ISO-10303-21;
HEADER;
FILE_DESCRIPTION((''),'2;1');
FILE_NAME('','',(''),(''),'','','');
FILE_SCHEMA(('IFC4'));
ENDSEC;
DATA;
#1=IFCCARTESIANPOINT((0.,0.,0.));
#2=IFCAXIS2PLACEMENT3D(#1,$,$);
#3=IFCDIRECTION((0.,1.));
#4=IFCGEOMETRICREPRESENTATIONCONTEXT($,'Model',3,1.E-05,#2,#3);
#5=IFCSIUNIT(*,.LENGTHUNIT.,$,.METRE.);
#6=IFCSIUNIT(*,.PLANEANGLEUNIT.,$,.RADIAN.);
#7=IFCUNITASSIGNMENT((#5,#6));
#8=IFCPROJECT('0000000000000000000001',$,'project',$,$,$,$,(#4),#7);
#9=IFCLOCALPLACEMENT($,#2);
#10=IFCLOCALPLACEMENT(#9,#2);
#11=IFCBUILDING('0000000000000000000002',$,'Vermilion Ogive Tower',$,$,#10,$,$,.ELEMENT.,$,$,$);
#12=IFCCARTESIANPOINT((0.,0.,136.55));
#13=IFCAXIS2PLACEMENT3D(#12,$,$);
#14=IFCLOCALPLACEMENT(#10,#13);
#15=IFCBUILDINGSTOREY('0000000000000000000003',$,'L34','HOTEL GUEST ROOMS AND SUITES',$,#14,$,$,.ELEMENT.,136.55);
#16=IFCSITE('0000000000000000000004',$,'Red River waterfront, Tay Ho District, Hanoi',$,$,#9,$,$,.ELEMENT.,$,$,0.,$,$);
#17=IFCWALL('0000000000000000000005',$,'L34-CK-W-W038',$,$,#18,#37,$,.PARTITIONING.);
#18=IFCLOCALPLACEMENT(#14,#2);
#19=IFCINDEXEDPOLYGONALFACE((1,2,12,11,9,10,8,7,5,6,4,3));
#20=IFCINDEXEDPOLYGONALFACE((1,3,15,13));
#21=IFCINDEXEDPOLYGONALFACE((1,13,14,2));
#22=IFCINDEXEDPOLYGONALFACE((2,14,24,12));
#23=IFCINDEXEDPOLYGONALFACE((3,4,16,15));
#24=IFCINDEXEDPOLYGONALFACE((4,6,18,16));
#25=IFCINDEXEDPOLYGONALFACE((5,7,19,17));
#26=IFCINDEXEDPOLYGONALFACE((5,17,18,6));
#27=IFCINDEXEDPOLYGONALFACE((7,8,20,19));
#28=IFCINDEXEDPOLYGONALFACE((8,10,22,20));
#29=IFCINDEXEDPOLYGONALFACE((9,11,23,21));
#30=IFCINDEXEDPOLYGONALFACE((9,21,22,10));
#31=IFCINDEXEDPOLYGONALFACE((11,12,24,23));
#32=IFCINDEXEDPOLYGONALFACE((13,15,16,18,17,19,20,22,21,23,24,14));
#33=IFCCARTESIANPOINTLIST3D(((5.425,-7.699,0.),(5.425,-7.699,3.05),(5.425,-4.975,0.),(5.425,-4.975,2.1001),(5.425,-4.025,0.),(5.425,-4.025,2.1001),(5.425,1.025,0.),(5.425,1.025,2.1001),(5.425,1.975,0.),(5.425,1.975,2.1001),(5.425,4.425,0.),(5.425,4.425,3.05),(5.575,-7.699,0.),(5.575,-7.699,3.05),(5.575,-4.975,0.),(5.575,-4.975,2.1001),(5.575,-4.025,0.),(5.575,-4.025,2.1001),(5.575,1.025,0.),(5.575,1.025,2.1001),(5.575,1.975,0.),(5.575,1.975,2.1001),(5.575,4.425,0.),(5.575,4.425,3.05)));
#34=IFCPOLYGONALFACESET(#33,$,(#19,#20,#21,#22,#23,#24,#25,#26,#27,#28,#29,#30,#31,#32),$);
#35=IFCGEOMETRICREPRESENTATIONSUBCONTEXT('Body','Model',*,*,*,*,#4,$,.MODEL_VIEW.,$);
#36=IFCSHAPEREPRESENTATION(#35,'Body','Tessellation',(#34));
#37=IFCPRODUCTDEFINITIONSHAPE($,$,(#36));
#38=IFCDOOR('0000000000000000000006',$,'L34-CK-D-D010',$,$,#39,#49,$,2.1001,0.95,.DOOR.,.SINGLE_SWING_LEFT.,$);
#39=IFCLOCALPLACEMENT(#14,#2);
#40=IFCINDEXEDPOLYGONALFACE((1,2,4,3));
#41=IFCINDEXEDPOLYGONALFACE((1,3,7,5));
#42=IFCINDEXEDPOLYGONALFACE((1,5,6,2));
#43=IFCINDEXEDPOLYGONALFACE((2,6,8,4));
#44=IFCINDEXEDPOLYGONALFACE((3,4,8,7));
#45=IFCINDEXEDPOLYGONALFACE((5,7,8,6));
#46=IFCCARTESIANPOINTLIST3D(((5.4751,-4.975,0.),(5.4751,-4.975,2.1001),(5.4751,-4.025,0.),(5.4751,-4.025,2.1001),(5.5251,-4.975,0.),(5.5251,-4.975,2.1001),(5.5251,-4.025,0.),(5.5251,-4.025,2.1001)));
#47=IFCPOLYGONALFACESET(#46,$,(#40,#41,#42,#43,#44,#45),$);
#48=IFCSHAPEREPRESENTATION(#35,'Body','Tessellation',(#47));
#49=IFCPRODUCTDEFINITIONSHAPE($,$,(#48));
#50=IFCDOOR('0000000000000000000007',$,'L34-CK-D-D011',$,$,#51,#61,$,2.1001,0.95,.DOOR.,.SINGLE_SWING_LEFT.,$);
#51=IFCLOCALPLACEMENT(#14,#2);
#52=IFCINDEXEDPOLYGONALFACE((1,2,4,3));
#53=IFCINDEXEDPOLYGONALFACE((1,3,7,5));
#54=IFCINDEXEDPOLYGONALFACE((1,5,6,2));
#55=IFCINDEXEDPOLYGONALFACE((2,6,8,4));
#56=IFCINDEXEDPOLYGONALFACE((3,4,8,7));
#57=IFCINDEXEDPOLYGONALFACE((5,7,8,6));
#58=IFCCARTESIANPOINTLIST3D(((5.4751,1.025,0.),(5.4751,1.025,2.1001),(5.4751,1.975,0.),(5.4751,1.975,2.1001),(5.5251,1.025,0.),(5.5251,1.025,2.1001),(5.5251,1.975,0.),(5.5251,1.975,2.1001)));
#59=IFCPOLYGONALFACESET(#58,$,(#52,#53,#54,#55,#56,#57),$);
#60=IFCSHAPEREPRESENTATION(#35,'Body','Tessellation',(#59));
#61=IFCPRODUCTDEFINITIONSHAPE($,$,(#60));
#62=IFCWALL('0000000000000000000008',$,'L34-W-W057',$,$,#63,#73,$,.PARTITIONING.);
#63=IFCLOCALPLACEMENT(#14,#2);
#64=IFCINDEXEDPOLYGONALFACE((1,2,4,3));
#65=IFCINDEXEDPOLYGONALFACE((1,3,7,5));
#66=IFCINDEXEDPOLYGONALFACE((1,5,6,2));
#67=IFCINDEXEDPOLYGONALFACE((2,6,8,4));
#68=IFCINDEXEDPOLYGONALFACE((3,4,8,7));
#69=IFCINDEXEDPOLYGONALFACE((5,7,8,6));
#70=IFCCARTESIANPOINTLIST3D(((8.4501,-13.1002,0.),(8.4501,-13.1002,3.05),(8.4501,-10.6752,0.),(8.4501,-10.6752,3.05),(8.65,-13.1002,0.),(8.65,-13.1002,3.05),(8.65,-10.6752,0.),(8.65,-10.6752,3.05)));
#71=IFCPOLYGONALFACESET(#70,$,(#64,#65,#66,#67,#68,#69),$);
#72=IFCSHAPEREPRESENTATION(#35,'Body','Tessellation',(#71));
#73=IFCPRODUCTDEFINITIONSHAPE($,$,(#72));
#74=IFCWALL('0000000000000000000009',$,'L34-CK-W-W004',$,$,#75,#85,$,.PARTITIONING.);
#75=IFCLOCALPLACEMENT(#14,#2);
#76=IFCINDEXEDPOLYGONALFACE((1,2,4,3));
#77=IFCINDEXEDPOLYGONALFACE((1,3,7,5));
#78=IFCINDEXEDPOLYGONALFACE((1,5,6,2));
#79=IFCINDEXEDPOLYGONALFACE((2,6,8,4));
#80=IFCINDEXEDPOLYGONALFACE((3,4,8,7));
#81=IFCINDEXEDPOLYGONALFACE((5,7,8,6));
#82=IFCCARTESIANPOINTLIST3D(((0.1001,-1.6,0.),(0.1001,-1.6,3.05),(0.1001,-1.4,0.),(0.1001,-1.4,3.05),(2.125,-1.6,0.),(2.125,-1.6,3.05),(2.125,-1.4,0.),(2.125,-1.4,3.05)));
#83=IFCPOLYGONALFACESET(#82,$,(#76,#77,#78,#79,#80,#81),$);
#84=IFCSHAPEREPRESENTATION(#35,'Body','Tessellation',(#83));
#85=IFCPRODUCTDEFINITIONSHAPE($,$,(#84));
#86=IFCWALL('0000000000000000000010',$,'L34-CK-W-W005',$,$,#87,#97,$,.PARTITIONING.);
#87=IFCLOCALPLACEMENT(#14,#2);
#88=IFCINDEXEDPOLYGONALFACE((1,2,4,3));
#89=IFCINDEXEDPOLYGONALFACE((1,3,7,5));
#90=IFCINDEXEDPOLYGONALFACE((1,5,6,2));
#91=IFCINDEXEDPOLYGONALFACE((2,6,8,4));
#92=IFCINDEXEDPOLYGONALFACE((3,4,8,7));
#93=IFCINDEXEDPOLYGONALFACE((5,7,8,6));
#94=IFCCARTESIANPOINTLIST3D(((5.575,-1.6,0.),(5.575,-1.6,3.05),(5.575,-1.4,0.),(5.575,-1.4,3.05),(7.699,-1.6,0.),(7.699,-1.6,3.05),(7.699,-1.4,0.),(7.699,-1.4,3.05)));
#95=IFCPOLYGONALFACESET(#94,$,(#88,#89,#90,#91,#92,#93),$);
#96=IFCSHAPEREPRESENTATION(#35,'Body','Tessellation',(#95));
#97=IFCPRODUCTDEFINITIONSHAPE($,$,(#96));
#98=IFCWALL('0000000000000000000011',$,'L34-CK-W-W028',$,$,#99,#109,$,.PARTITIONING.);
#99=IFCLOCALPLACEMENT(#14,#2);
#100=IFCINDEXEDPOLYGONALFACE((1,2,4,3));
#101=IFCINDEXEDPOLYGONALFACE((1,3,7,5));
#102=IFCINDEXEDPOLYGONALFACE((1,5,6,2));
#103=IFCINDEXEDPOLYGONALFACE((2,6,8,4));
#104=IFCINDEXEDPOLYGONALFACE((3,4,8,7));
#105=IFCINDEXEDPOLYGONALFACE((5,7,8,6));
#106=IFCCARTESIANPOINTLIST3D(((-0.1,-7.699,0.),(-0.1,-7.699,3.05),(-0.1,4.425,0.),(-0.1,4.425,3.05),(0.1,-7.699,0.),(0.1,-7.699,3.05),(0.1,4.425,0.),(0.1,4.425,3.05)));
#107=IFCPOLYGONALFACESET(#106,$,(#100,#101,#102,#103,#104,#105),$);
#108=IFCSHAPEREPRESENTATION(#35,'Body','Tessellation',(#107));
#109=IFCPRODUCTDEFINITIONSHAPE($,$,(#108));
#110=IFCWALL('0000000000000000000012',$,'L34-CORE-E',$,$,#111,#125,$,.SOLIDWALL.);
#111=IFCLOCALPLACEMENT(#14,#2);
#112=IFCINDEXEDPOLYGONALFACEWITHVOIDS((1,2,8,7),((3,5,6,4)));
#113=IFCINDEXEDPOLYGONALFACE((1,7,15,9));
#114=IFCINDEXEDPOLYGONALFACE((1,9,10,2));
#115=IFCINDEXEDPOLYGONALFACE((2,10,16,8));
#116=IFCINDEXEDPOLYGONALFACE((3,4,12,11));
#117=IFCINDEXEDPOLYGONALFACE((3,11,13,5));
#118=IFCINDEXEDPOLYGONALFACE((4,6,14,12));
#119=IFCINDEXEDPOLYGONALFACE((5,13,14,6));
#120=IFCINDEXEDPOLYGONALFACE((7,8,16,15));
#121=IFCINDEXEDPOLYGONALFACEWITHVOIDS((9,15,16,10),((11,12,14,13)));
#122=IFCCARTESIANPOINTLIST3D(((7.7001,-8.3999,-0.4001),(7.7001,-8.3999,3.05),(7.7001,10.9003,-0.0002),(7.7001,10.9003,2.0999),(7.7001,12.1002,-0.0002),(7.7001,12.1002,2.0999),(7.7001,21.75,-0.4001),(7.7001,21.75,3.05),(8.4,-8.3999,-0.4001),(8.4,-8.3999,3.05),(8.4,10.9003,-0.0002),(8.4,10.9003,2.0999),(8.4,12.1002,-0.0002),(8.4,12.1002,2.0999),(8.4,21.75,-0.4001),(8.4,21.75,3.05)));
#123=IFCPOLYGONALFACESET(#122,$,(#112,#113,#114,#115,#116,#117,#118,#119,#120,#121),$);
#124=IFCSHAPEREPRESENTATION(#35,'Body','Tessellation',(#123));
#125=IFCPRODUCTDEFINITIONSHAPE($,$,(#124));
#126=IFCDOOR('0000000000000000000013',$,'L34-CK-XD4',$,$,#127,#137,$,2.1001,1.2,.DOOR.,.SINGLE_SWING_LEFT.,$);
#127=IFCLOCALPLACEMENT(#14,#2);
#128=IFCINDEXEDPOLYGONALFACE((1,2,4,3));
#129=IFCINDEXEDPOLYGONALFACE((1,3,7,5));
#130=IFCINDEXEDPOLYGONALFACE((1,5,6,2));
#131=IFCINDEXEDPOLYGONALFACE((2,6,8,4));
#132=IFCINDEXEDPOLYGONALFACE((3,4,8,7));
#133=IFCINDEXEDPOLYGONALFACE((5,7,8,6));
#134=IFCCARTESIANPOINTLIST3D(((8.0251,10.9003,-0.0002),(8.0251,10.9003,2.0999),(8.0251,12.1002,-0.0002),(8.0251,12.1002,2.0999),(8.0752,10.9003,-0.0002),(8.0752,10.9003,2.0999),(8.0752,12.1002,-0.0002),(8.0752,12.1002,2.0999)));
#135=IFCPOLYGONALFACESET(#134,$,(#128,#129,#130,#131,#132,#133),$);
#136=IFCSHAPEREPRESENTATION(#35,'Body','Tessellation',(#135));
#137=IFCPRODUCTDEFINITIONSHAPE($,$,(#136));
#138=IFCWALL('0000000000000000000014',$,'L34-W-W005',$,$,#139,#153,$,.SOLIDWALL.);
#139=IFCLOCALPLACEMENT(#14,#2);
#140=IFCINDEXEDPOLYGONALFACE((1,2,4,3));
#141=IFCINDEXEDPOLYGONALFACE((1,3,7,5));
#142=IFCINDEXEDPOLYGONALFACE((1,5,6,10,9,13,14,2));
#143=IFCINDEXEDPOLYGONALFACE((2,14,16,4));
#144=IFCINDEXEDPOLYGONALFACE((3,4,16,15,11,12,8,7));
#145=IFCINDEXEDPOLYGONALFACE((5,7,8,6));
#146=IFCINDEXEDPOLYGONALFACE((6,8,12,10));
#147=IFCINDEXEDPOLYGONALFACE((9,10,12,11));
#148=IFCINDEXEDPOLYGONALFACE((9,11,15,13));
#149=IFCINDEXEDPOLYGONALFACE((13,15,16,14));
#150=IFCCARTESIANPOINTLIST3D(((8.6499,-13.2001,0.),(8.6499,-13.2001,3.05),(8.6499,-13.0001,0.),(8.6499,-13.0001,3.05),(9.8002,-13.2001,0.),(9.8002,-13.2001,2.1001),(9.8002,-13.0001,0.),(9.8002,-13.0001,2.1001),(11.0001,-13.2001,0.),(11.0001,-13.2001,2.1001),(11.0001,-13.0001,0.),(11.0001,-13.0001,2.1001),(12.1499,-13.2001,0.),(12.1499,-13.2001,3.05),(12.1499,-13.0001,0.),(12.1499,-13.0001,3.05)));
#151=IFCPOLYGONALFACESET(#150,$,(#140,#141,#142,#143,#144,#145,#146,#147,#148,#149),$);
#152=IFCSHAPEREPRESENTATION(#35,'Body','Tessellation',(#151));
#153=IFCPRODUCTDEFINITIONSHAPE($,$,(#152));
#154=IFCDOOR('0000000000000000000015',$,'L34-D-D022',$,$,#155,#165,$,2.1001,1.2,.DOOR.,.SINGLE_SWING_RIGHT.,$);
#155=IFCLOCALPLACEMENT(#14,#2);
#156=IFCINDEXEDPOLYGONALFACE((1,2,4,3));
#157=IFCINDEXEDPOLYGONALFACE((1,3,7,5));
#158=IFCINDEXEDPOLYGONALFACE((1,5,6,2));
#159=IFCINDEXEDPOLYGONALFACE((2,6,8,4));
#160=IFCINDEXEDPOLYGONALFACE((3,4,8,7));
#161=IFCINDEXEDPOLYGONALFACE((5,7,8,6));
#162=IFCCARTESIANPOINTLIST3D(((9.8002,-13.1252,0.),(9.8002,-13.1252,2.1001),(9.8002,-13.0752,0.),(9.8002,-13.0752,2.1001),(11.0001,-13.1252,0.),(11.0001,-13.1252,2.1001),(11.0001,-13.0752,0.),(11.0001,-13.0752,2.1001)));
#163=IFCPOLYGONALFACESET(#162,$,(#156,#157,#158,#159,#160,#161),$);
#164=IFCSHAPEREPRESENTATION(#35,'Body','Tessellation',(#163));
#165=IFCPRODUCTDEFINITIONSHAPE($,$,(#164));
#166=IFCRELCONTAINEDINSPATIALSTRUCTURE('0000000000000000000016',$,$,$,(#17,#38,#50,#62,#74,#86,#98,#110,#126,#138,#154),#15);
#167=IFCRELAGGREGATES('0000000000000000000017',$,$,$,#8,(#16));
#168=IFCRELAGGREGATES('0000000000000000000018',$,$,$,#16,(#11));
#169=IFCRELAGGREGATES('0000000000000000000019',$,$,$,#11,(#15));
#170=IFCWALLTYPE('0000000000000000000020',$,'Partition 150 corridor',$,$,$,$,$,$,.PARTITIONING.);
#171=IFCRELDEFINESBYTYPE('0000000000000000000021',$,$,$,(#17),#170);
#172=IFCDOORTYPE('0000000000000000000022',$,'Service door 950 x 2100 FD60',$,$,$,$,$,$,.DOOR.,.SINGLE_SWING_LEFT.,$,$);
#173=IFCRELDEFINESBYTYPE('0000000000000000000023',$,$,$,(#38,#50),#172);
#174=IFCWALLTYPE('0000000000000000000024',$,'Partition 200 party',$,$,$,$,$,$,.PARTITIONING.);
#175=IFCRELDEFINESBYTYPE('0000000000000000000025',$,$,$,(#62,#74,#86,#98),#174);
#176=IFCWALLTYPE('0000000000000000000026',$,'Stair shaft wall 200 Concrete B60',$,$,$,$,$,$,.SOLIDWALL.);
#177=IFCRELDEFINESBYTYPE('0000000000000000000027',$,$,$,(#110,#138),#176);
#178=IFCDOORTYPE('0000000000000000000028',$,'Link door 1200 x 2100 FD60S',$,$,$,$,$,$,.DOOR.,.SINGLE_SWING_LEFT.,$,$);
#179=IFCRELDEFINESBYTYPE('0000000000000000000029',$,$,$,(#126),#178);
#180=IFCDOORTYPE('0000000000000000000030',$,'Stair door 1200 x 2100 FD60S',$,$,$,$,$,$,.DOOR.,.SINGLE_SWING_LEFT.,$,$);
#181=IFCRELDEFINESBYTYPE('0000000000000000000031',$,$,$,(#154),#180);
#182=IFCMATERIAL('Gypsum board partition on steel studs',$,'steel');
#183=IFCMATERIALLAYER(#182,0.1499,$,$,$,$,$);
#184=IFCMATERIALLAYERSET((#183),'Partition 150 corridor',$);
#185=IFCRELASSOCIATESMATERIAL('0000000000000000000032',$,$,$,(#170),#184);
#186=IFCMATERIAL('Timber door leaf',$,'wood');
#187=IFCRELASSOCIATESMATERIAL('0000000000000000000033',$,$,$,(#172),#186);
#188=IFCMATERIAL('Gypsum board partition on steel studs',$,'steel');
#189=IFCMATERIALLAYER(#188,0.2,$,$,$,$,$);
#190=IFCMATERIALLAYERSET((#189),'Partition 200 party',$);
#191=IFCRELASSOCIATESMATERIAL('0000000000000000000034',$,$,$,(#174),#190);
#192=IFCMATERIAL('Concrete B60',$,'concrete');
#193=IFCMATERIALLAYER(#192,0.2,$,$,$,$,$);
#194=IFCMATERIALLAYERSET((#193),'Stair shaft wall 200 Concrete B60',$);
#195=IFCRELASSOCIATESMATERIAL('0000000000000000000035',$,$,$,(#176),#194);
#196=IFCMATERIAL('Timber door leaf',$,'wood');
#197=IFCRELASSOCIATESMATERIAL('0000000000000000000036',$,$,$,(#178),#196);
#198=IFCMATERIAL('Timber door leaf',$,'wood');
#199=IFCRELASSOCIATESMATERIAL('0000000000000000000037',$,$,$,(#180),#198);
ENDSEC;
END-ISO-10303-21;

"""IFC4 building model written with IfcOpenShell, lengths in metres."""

from ifc_helpers import new_model, si_unit, direction, frame, frame_2d, origin, place, context, subcontext, project, spatial, rectangle, extrude, material, layer, layer_set, type_object, element, fill, save


model = new_model("IFC4")

# Units and contexts
model_context = context("Model", 3, precision=1e-05, world=origin(), true_north=direction((0.0, 1.0)))
body_context = subcontext(model_context, "Body", "Model", "MODEL_VIEW")
ifc_project = project(units=[si_unit("LENGTHUNIT", "METRE"), si_unit("PLANEANGLEUNIT", "RADIAN")], contexts=[model_context])

# Site, building, storey
site_placement = place(None, origin())
site = spatial("IfcSite", under=ifc_project, at=site_placement, Name="Red River waterfront, Tay Ho District, Hanoi", CompositionType="ELEMENT", RefElevation=0.0)
building_placement = place(site_placement, origin())
building = spatial("IfcBuilding", under=site, at=building_placement, Name="Vermilion Ogive Tower", CompositionType="ELEMENT")
storey_placement = place(building_placement, frame((0.0, 0.0, 136.55)))
storey = spatial("IfcBuildingStorey", under=building, at=storey_placement, Name="L34", Description="HOTEL GUEST ROOMS AND SUITES", CompositionType="ELEMENT", Elevation=136.55)

# Wall, openings, doors
ifc_material_1 = material(Name="Gypsum board partition on steel studs", Category="steel")
ifc_layer_1 = layer(ifc_material_1, 0.1499)
ifc_layer_set_1 = layer_set([ifc_layer_1], Name="Partition 150 corridor")
wall_type_1 = type_object("IfcWallType", Name="Partition 150 corridor", PredefinedType="PARTITIONING", material=ifc_layer_set_1)
ifc_material_2 = material(Name="Timber door leaf", Category="wood")
door_type_1 = type_object("IfcDoorType", Name="Service door 950 x 2100 FD60", OperationType="SINGLE_SWING_LEFT", PredefinedType="DOOR", material=ifc_material_2)
wall_1_placement = place(storey_placement, frame((5.5, -7.699, 0.0), z_axis=(0.0, 0.0, 1.0), x_axis=(0.0, 1.0, 0.0)))
wall_1 = element("IfcWall", 1, at=wall_1_placement, inside=storey, type_object=wall_type_1, Name="L34-CK-W-W038", PredefinedType="PARTITIONING", context=body_context, shape_type="SweptSolid", body=[
    extrude(rectangle(XDim=12.124, YDim=0.1499, at=frame_2d((6.062, 0.0))), origin(), (0.0, 0.0, 1.0), 3.05),
])
opening_1_placement = place(wall_1_placement, frame((2.7239, 0.0, 0.0)))
opening_1 = element("IfcOpeningElement", 2, at=opening_1_placement, cuts=wall_1, PredefinedType="OPENING", context=body_context, shape_type="SweptSolid", body=[
    extrude(rectangle(XDim=0.95, YDim=2.1001, at=frame_2d((0.4751, 1.05))), frame((0.0, 0.085, 0.0), z_axis=(0.0, -1.0, 0.0), x_axis=(1.0, 0.0, 0.0)), (0.0, 0.0, 1.0), 0.1699),
])
opening_2_placement = place(wall_1_placement, frame((8.7239, 0.0, 0.0)))
opening_2 = element("IfcOpeningElement", 3, at=opening_2_placement, cuts=wall_1, PredefinedType="OPENING", context=body_context, shape_type="SweptSolid", body=[
    extrude(rectangle(XDim=0.95, YDim=2.1001, at=frame_2d((0.4751, 1.05))), frame((0.0, 0.085, 0.0), z_axis=(0.0, -1.0, 0.0), x_axis=(1.0, 0.0, 0.0)), (0.0, 0.0, 1.0), 0.1699),
])
door_1_placement = place(opening_1_placement, origin())
door_1 = element("IfcDoor", 4, at=door_1_placement, inside=storey, type_object=door_type_1, Name="L34-CK-D-D010", OperationType="SINGLE_SWING_LEFT", OverallHeight=2.1001, OverallWidth=0.95, PredefinedType="DOOR", context=body_context, shape_type="SweptSolid", body=[
    extrude(rectangle(XDim=0.95, YDim=2.1001, at=frame_2d((0.4751, 1.05))), frame((0.0, 0.0249, 0.0), z_axis=(0.0, -1.0, 0.0), x_axis=(1.0, 0.0, 0.0)), (0.0, 0.0, 1.0), 0.05),
])
fill(opening_1, door_1)
door_2_placement = place(opening_2_placement, origin())
door_2 = element("IfcDoor", 5, at=door_2_placement, inside=storey, type_object=door_type_1, Name="L34-CK-D-D011", OperationType="SINGLE_SWING_LEFT", OverallHeight=2.1001, OverallWidth=0.95, PredefinedType="DOOR", context=body_context, shape_type="SweptSolid", body=[
    extrude(rectangle(XDim=0.95, YDim=2.1001, at=frame_2d((0.4751, 1.05))), frame((0.0, 0.0249, 0.0), z_axis=(0.0, -1.0, 0.0), x_axis=(1.0, 0.0, 0.0)), (0.0, 0.0, 1.0), 0.05),
])
fill(opening_2, door_2)

# Walls
ifc_material_3 = material(Name="Gypsum board partition on steel studs", Category="steel")
ifc_layer_2 = layer(ifc_material_3, 0.2)
ifc_layer_set_2 = layer_set([ifc_layer_2], Name="Partition 200 party")
wall_type_2 = type_object("IfcWallType", Name="Partition 200 party", PredefinedType="PARTITIONING", material=ifc_layer_set_2)
wall_2_placement = place(storey_placement, frame((8.55, -13.1001, 0.0), z_axis=(0.0, 0.0, 1.0), x_axis=(0.0, 1.0, 0.0)))
element("IfcWall", 6, at=wall_2_placement, inside=storey, type_object=wall_type_2, Name="L34-W-W057", PredefinedType="PARTITIONING", context=body_context, shape_type="SweptSolid", body=[
    extrude(rectangle(XDim=2.425, YDim=0.2, at=frame_2d((1.2124, 0.0))), origin(), (0.0, 0.0, 1.0), 3.05),
])
wall_3_placement = place(storey_placement, frame((0.1001, -1.5, 0.0), z_axis=(0.0, 0.0, 1.0), x_axis=(1.0, 0.0, 0.0)))
element("IfcWall", 7, at=wall_3_placement, inside=storey, type_object=wall_type_2, Name="L34-CK-W-W004", PredefinedType="PARTITIONING", context=body_context, shape_type="SweptSolid", body=[
    extrude(rectangle(XDim=2.0249, YDim=0.2, at=frame_2d((1.0125, 0.0))), origin(), (0.0, 0.0, 1.0), 3.05),
])
wall_4_placement = place(storey_placement, frame((5.575, -1.5, 0.0), z_axis=(0.0, 0.0, 1.0), x_axis=(1.0, 0.0, 0.0)))
element("IfcWall", 8, at=wall_4_placement, inside=storey, type_object=wall_type_2, Name="L34-CK-W-W005", PredefinedType="PARTITIONING", context=body_context, shape_type="SweptSolid", body=[
    extrude(rectangle(XDim=2.124, YDim=0.2, at=frame_2d((1.062, 0.0))), origin(), (0.0, 0.0, 1.0), 3.05),
])
wall_5_placement = place(storey_placement, frame((0.0, -7.699, 0.0), z_axis=(0.0, 0.0, 1.0), x_axis=(0.0, 1.0, 0.0)))
element("IfcWall", 9, at=wall_5_placement, inside=storey, type_object=wall_type_2, Name="L34-CK-W-W028", PredefinedType="PARTITIONING", context=body_context, shape_type="SweptSolid", body=[
    extrude(rectangle(XDim=12.124, YDim=0.2, at=frame_2d((6.062, 0.0))), origin(), (0.0, 0.0, 1.0), 3.05),
])

# Walls, openings, doors
ifc_material_4 = material(Name="Concrete B60", Category="concrete")
ifc_layer_3 = layer(ifc_material_4, 0.2)
ifc_layer_set_3 = layer_set([ifc_layer_3], Name="Stair shaft wall 200 Concrete B60")
wall_type_3 = type_object("IfcWallType", Name="Stair shaft wall 200 Concrete B60", PredefinedType="SOLIDWALL", material=ifc_layer_set_3)
wall_6_placement = place(storey_placement, frame((8.05, -8.3999, -0.4001), z_axis=(0.0, 0.0, 1.0), x_axis=(0.0, 1.0, 0.0)))
wall_6 = element("IfcWall", 10, at=wall_6_placement, inside=storey, type_object=wall_type_3, Name="L34-CORE-E", PredefinedType="SOLIDWALL", context=body_context, shape_type="SweptSolid", body=[
    extrude(rectangle(XDim=30.1499, YDim=0.7, at=frame_2d((15.075, 0.0))), origin(), (0.0, 0.0, 1.0), 3.4502),
])
opening_3_placement = place(wall_6_placement, frame((19.3, 0.0, 0.3999)))
opening_3 = element("IfcOpeningElement", 11, at=opening_3_placement, cuts=wall_6, PredefinedType="OPENING", context=body_context, shape_type="SweptSolid", body=[
    extrude(rectangle(XDim=1.2, YDim=2.1001, at=frame_2d((0.6001, 1.05))), frame((0.0, 0.3599, 0.0), z_axis=(0.0, -1.0, 0.0), x_axis=(1.0, 0.0, 0.0)), (0.0, 0.0, 1.0), 0.72),
])
ifc_material_5 = material(Name="Timber door leaf", Category="wood")
door_type_2 = type_object("IfcDoorType", Name="Link door 1200 x 2100 FD60S", OperationType="SINGLE_SWING_LEFT", PredefinedType="DOOR", material=ifc_material_5)
door_3_placement = place(opening_3_placement, origin())
door_3 = element("IfcDoor", 12, at=door_3_placement, inside=storey, type_object=door_type_2, Name="L34-CK-XD4", OperationType="SINGLE_SWING_LEFT", OverallHeight=2.1001, OverallWidth=1.2, PredefinedType="DOOR", context=body_context, shape_type="SweptSolid", body=[
    extrude(rectangle(XDim=1.2, YDim=2.1001, at=frame_2d((0.6001, 1.05))), frame((0.0, 0.0249, 0.0), z_axis=(0.0, -1.0, 0.0), x_axis=(1.0, 0.0, 0.0)), (0.0, 0.0, 1.0), 0.05),
])
fill(opening_3, door_3)
wall_7_placement = place(storey_placement, frame((8.6499, -13.1001, 0.0), z_axis=(0.0, 0.0, 1.0), x_axis=(1.0, 0.0, 0.0)))
wall_7 = element("IfcWall", 13, at=wall_7_placement, inside=storey, type_object=wall_type_3, Name="L34-W-W005", PredefinedType="SOLIDWALL", context=body_context, shape_type="SweptSolid", body=[
    extrude(rectangle(XDim=3.5, YDim=0.2, at=frame_2d((1.75, 0.0))), origin(), (0.0, 0.0, 1.0), 3.05),
])
opening_4_placement = place(wall_7_placement, frame((1.1501, 0.0, 0.0)))
opening_4 = element("IfcOpeningElement", 14, at=opening_4_placement, cuts=wall_7, PredefinedType="OPENING", context=body_context, shape_type="SweptSolid", body=[
    extrude(rectangle(XDim=1.2, YDim=2.1001, at=frame_2d((0.6001, 1.05))), frame((0.0, 0.1099, 0.0), z_axis=(0.0, -1.0, 0.0), x_axis=(1.0, 0.0, 0.0)), (0.0, 0.0, 1.0), 0.22),
])
ifc_material_6 = material(Name="Timber door leaf", Category="wood")
door_type_3 = type_object("IfcDoorType", Name="Stair door 1200 x 2100 FD60S", OperationType="SINGLE_SWING_LEFT", PredefinedType="DOOR", material=ifc_material_6)
door_4_placement = place(opening_4_placement, origin())
door_4 = element("IfcDoor", 15, at=door_4_placement, inside=storey, type_object=door_type_3, Name="L34-D-D022", OperationType="SINGLE_SWING_RIGHT", OverallHeight=2.1001, OverallWidth=1.2, PredefinedType="DOOR", context=body_context, shape_type="SweptSolid", body=[
    extrude(rectangle(XDim=1.2, YDim=2.1001, at=frame_2d((0.6001, 1.05))), frame((0.0, 0.0249, 0.0), z_axis=(0.0, -1.0, 0.0), x_axis=(1.0, 0.0, 0.0)), (0.0, 0.0, 1.0), 0.05),
])
fill(opening_4, door_4)

save(model, "model.ifc")
